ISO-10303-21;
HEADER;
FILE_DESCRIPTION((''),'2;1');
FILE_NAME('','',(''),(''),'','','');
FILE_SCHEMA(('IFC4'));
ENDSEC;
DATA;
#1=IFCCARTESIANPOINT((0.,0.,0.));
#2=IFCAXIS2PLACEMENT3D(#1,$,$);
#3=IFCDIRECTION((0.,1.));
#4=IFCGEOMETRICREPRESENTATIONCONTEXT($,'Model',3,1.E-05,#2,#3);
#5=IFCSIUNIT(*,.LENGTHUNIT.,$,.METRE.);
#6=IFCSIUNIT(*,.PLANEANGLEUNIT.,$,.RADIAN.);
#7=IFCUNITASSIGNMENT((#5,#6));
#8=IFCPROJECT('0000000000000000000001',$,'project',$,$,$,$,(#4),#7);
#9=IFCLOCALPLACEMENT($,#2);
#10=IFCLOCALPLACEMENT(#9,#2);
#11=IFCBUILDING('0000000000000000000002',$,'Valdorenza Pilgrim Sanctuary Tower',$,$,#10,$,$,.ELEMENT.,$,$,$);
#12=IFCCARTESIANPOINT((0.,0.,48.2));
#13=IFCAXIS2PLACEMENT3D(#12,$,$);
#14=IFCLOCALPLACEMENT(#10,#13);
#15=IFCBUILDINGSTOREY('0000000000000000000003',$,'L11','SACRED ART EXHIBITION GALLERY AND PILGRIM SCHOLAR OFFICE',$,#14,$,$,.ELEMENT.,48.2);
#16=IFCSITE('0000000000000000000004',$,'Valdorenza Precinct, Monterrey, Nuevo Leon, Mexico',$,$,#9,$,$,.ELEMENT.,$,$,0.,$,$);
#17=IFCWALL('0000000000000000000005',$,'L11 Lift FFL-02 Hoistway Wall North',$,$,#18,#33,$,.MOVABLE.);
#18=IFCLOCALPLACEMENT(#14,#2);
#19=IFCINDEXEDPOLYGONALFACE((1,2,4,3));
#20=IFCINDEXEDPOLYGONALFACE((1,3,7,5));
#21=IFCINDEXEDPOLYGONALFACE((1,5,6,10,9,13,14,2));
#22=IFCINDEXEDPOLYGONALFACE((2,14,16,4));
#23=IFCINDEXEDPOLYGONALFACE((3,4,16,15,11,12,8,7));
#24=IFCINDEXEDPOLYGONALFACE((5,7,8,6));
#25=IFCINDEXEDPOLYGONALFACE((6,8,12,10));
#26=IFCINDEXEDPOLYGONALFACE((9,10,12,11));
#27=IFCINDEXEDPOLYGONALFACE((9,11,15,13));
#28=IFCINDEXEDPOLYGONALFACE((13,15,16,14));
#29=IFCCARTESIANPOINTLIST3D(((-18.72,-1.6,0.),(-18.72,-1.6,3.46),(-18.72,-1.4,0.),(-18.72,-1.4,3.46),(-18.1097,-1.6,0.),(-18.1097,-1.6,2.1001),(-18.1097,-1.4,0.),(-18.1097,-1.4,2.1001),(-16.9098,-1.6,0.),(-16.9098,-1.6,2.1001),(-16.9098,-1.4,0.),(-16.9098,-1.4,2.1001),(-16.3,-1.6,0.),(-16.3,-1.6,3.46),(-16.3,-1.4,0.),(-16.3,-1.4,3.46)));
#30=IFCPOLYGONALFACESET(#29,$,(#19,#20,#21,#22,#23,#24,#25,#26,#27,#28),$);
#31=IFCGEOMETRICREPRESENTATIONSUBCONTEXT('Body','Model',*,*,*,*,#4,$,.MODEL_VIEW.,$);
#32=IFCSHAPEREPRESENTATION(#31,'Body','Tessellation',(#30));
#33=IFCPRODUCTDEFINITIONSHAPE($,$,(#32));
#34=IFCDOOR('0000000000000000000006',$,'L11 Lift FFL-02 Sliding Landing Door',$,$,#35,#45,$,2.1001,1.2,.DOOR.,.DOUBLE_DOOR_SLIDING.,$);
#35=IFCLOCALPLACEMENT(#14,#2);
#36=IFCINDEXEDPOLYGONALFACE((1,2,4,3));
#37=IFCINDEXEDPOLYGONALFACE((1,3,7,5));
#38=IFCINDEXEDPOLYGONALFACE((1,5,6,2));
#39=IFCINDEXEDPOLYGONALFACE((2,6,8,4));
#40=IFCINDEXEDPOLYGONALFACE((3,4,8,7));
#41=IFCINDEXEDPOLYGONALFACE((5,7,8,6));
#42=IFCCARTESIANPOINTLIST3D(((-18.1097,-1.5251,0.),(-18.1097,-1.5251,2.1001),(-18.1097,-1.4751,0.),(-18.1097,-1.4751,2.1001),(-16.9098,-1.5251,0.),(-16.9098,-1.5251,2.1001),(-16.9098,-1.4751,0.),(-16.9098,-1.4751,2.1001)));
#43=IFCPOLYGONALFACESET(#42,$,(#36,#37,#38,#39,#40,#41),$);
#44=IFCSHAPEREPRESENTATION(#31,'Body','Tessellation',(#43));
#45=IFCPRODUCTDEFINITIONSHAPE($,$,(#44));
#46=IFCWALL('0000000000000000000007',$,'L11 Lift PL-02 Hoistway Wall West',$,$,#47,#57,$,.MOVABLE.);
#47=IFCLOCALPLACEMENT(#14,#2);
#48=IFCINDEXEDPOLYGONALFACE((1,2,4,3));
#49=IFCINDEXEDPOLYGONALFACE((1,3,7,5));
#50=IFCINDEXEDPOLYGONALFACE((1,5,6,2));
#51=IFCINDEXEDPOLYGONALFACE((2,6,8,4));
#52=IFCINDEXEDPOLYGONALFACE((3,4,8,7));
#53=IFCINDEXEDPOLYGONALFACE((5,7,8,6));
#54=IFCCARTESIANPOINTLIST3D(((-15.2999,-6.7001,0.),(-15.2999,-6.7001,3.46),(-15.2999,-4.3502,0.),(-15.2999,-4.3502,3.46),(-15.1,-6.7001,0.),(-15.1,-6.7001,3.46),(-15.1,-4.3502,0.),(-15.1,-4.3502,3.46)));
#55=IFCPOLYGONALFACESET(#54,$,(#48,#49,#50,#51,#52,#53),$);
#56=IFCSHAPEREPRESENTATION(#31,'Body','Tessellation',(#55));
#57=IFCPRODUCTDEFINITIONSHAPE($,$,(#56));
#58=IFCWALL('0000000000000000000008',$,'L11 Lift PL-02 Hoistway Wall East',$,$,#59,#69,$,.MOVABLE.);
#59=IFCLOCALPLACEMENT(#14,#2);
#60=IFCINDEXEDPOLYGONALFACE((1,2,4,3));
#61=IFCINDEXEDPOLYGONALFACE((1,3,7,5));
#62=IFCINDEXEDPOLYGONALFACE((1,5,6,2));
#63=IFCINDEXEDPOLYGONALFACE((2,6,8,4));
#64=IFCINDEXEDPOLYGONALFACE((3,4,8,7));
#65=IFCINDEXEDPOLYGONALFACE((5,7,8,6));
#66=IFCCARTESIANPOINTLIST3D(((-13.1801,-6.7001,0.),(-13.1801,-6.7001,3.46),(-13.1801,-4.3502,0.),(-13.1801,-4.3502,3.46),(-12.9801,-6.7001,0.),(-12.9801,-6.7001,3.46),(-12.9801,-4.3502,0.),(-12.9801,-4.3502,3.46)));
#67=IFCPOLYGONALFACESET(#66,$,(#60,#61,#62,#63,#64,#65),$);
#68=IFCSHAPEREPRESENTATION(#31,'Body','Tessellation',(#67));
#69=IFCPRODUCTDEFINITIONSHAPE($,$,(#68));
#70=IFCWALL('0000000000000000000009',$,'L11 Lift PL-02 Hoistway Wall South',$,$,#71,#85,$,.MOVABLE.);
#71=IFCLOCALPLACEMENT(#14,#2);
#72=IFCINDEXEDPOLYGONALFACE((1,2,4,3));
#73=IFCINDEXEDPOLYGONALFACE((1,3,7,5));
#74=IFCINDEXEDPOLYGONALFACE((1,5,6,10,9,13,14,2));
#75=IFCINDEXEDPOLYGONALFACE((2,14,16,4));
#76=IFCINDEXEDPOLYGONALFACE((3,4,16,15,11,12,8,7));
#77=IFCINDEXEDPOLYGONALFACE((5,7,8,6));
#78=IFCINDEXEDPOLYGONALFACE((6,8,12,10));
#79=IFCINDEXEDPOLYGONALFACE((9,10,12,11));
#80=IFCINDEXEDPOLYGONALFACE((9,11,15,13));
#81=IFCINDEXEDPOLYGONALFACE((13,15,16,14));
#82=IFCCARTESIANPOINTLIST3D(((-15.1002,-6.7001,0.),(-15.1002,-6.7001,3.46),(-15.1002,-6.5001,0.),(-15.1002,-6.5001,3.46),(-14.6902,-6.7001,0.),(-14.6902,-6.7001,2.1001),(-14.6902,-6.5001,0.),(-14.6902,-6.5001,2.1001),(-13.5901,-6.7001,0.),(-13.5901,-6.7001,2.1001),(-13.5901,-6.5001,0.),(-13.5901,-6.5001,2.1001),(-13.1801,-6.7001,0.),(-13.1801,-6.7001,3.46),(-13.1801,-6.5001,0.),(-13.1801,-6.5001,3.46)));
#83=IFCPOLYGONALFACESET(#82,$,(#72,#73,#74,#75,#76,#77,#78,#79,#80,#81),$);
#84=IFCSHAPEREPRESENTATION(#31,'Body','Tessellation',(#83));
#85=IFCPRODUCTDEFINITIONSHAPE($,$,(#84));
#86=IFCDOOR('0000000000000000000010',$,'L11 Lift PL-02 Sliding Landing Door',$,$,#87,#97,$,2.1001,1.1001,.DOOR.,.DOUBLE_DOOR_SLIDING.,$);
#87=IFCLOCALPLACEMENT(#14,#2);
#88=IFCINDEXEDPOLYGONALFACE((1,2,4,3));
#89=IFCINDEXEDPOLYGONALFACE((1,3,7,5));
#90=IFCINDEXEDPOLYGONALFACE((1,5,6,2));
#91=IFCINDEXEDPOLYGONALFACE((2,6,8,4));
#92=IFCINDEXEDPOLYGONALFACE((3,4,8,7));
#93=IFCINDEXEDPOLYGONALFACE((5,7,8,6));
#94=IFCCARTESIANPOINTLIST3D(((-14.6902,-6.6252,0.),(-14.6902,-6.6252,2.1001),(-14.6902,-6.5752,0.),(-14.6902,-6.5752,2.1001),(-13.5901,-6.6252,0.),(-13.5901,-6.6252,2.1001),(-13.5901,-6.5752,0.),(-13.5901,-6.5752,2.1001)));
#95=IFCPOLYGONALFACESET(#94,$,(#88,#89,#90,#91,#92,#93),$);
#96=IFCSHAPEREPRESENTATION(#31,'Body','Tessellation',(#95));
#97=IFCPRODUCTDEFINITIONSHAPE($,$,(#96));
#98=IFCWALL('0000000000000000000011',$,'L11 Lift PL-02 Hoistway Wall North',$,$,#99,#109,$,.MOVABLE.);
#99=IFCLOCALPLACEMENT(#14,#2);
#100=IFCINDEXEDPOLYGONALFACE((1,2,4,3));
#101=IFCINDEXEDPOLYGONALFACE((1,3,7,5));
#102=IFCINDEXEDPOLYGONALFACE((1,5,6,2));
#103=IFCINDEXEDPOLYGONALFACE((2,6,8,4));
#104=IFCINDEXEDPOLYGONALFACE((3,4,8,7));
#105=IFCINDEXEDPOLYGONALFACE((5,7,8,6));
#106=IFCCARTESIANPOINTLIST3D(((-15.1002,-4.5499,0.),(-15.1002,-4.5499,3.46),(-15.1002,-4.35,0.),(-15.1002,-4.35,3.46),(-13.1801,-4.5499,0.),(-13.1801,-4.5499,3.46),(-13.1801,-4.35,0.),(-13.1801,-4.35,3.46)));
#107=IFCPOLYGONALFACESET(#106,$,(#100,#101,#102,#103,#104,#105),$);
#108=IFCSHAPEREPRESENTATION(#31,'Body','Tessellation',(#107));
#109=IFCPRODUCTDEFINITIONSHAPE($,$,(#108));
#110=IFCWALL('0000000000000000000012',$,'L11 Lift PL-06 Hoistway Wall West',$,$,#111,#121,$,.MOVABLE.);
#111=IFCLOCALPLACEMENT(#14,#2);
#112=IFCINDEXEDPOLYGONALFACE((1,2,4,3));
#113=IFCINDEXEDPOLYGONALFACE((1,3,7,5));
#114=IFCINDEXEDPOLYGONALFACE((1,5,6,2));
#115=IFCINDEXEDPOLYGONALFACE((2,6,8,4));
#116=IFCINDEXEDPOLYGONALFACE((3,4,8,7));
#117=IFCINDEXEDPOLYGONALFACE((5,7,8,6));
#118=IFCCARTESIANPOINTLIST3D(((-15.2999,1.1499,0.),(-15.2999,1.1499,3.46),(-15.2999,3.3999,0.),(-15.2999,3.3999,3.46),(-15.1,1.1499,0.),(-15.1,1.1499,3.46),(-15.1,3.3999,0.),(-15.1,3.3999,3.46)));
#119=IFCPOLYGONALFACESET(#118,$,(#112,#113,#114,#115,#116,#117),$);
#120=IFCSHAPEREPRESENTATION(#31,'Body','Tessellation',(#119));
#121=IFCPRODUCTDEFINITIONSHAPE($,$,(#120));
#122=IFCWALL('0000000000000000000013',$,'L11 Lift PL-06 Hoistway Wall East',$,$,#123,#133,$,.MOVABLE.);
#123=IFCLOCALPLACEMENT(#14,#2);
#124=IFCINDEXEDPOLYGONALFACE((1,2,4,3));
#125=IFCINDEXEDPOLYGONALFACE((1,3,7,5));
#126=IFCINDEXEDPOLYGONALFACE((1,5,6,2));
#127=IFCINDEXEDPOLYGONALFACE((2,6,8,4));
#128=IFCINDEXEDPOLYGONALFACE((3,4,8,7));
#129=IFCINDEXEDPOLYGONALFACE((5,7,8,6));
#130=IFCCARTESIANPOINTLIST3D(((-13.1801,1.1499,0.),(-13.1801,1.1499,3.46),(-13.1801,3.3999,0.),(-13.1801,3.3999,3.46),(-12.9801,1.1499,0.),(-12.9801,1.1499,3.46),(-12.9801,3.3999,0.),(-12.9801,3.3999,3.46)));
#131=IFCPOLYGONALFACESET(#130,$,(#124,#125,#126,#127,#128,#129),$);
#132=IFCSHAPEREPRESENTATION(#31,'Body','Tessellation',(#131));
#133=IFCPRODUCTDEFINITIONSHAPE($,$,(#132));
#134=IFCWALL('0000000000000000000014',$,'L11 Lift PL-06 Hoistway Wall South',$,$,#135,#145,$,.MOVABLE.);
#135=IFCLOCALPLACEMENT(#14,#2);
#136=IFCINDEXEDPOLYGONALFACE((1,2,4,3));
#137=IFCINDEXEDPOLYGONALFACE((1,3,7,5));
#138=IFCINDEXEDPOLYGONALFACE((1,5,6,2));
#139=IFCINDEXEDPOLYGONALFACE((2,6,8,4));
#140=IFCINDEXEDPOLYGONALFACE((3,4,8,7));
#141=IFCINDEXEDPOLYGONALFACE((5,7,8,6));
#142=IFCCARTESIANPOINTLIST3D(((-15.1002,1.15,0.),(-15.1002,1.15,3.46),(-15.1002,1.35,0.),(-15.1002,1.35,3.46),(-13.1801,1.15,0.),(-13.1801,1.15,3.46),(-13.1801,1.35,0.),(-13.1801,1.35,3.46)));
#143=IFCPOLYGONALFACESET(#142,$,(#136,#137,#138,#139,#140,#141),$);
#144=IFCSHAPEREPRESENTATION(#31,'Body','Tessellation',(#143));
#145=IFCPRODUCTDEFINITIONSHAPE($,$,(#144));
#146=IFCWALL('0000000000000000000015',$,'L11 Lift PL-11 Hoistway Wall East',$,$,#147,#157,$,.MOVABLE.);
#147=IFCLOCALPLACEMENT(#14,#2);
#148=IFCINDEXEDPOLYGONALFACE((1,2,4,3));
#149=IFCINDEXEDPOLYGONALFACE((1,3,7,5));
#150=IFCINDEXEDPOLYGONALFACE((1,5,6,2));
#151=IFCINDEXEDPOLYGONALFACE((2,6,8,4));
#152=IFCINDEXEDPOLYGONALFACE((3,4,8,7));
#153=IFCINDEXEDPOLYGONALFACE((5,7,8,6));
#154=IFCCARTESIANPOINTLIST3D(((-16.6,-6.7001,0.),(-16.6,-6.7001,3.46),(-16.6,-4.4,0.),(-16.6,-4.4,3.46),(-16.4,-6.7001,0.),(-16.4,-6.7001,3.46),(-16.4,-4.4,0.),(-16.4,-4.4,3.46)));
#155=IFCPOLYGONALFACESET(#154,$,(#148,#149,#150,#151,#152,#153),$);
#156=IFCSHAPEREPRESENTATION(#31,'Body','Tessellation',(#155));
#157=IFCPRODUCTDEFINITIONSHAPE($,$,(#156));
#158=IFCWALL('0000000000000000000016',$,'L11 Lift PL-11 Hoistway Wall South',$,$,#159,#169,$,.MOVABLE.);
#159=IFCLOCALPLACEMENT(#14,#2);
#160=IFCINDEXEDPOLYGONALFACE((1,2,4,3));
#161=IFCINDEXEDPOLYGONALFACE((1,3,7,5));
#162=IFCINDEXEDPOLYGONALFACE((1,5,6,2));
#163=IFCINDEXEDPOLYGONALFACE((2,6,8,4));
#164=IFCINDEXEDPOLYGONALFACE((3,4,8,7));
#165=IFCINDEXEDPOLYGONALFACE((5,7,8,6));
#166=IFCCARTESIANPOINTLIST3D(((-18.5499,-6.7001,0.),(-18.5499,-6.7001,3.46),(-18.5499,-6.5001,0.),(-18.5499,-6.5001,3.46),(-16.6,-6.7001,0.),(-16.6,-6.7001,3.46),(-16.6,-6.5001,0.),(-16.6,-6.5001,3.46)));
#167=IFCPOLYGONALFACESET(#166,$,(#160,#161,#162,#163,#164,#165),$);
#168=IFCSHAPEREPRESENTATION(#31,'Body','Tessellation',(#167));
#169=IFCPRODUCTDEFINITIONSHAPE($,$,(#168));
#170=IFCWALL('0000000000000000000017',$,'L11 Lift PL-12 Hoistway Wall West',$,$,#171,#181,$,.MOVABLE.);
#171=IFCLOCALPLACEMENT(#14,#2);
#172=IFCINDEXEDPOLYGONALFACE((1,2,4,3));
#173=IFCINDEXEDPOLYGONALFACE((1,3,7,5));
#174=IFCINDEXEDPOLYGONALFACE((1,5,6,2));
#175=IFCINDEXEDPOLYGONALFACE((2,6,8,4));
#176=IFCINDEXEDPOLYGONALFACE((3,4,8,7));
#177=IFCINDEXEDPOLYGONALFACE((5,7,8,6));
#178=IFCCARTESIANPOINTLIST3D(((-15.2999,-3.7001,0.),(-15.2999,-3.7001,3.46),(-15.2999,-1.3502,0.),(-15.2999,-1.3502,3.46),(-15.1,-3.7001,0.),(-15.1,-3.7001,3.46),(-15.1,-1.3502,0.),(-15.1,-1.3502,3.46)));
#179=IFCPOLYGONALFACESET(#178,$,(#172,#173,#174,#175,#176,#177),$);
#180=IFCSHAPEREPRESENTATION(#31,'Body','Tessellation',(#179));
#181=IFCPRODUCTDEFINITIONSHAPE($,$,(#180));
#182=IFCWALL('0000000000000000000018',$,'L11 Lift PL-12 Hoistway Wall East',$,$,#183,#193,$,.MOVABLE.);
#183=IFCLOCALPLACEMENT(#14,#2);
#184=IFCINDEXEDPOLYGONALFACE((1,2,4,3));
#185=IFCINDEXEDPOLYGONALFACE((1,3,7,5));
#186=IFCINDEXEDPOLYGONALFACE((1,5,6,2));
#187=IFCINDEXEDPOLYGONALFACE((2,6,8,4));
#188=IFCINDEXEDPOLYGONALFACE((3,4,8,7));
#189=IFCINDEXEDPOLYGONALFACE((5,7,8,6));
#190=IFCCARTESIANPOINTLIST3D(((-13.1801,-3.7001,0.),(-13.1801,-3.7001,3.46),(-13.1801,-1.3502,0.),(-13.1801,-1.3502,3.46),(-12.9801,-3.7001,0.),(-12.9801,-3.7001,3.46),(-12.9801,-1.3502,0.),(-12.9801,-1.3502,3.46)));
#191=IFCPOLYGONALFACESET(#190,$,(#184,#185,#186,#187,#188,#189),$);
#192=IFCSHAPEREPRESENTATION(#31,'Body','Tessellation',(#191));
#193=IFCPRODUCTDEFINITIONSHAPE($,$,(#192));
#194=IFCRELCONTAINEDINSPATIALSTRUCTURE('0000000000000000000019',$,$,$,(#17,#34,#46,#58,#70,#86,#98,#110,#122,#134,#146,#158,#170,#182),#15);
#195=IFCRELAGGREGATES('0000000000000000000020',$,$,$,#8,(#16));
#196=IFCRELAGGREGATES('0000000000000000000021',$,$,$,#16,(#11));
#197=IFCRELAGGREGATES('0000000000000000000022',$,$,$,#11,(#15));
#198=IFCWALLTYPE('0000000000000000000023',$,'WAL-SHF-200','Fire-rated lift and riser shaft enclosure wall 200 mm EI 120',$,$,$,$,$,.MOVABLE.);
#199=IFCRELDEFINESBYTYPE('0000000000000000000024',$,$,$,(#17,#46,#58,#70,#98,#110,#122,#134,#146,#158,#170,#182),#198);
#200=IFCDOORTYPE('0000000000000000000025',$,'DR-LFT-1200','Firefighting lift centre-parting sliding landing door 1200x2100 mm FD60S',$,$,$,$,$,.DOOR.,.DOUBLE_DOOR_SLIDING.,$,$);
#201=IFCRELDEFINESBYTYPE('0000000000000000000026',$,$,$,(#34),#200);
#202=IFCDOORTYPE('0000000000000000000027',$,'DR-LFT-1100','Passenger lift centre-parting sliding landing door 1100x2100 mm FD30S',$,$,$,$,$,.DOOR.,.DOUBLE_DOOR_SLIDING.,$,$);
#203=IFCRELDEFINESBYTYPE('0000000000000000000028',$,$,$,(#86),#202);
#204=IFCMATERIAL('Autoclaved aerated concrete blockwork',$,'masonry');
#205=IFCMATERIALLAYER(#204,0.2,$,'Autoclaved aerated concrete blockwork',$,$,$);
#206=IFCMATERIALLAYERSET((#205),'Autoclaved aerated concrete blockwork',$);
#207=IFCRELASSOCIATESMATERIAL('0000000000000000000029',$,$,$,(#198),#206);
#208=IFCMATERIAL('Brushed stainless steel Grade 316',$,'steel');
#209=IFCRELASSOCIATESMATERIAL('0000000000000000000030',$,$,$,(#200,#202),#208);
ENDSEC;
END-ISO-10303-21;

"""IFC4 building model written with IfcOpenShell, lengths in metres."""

from ifc_helpers import new_model, si_unit, direction, frame, frame_2d, origin, place, context, subcontext, project, spatial, rectangle, extrude, material, layer, layer_set, type_object, element, fill, save


model = new_model("IFC4")

# Units and contexts
model_context = context("Model", 3, precision=1e-05, world=origin(), true_north=direction((0.0, 1.0)))
body_context = subcontext(model_context, "Body", "Model", "MODEL_VIEW")
ifc_project = project(units=[si_unit("LENGTHUNIT", "METRE"), si_unit("PLANEANGLEUNIT", "RADIAN")], contexts=[model_context])

# Site, building, storey
site_placement = place(None, origin())
site = spatial("IfcSite", under=ifc_project, at=site_placement, Name="Valdorenza Precinct, Monterrey, Nuevo Leon, Mexico", CompositionType="ELEMENT", RefElevation=0.0)
building_placement = place(site_placement, origin())
building = spatial("IfcBuilding", under=site, at=building_placement, Name="Valdorenza Pilgrim Sanctuary Tower", CompositionType="ELEMENT")
storey_placement = place(building_placement, frame((0.0, 0.0, 48.2)))
storey = spatial("IfcBuildingStorey", under=building, at=storey_placement, Name="L11", Description="SACRED ART EXHIBITION GALLERY AND PILGRIM SCHOLAR OFFICE", CompositionType="ELEMENT", Elevation=48.2)

# Shared definitions
ifc_material_1 = material(Name="Autoclaved aerated concrete blockwork", Category="masonry")
ifc_layer_1 = layer(ifc_material_1, 0.2, Name="Autoclaved aerated concrete blockwork")
ifc_layer_set_1 = layer_set([ifc_layer_1], Name="Autoclaved aerated concrete blockwork")
wall_type_1 = type_object("IfcWallType", Name="WAL-SHF-200", Description="Fire-rated lift and riser shaft enclosure wall 200 mm EI 120", PredefinedType="MOVABLE", material=ifc_layer_set_1)

# Shared definitions
ifc_material_2 = material(Name="Brushed stainless steel Grade 316", Category="steel")
door_type_1 = type_object("IfcDoorType", Name="DR-LFT-1200", Description="Firefighting lift centre-parting sliding landing door 1200x2100 mm FD60S", OperationType="DOUBLE_DOOR_SLIDING", PredefinedType="DOOR", material=ifc_material_2)

# Wall, opening, door
wall_1_placement = place(storey_placement, frame((-18.72, -1.5, 0.0), z_axis=(0.0, 0.0, 1.0), x_axis=(1.0, 0.0, 0.0)))
wall_1 = element("IfcWall", 1, at=wall_1_placement, inside=storey, type_object=wall_type_1, Name="L11 Lift FFL-02 Hoistway Wall North", PredefinedType="MOVABLE", context=body_context, shape_type="SweptSolid", body=[
    extrude(rectangle(XDim=2.4199, YDim=0.2, at=frame_2d((1.21, 0.0))), origin(), (0.0, 0.0, 1.0), 3.46),
])
opening_1_placement = place(wall_1_placement, frame((0.6101, 0.0, 0.0)))
opening_1 = element("IfcOpeningElement", 2, at=opening_1_placement, cuts=wall_1, PredefinedType="OPENING", context=body_context, shape_type="SweptSolid", body=[
    extrude(rectangle(XDim=1.2, YDim=2.1001, at=frame_2d((0.6001, 1.05))), frame((0.0, 0.1147, 0.0), z_axis=(0.0, -1.0, 0.0), x_axis=(1.0, 0.0, 0.0)), (0.0, 0.0, 1.0), 0.2297),
])
door_1_placement = place(opening_1_placement, origin())
door_1 = element("IfcDoor", 3, at=door_1_placement, inside=storey, type_object=door_type_1, Name="L11 Lift FFL-02 Sliding Landing Door", OperationType="DOUBLE_DOOR_SLIDING", OverallHeight=2.1001, OverallWidth=1.2, PredefinedType="DOOR", context=body_context, shape_type="SweptSolid", body=[
    extrude(rectangle(XDim=1.2, YDim=2.1001, at=frame_2d((0.6001, 1.05))), frame((0.0, 0.0249, 0.0), z_axis=(0.0, -1.0, 0.0), x_axis=(1.0, 0.0, 0.0)), (0.0, 0.0, 1.0), 0.05),
])
fill(opening_1, door_1)

# Walls
for number, where, z_axis, x_axis, name in (
    (4, (-15.2, -6.7, 0.0), (0.0, 0.0, 1.0), (0.0, 1.0, 0.0), "L11 Lift PL-02 Hoistway Wall West"),
    (5, (-13.0801, -6.7, 0.0), (0.0, 0.0, 1.0), (0.0, 1.0, 0.0), "L11 Lift PL-02 Hoistway Wall East"),
):
    element("IfcWall", number, at=place(storey_placement, frame(where, z_axis=z_axis, x_axis=x_axis)), inside=storey, type_object=wall_type_1, Name=name, PredefinedType="MOVABLE", context=body_context, shape_type="SweptSolid", body=[
        extrude(rectangle(XDim=2.3499, YDim=0.2, at=frame_2d((1.1748, 0.0))), origin(), (0.0, 0.0, 1.0), 3.46),
    ])

# Wall, opening, door
wall_2_placement = place(storey_placement, frame((-15.1001, -6.6001, 0.0), z_axis=(0.0, 0.0, 1.0), x_axis=(1.0, 0.0, 0.0)))
wall_2 = element("IfcWall", 6, at=wall_2_placement, inside=storey, type_object=wall_type_1, Name="L11 Lift PL-02 Hoistway Wall South", PredefinedType="MOVABLE", context=body_context, shape_type="SweptSolid", body=[
    extrude(rectangle(XDim=1.9202, YDim=0.2, at=frame_2d((0.96, 0.0))), origin(), (0.0, 0.0, 1.0), 3.46),
])
opening_2_placement = place(wall_2_placement, frame((0.4099, 0.0, 0.0)))
opening_2 = element("IfcOpeningElement", 7, at=opening_2_placement, cuts=wall_2, PredefinedType="OPENING", context=body_context, shape_type="SweptSolid", body=[
    extrude(rectangle(XDim=1.1001, YDim=2.1001, at=frame_2d((0.55, 1.05))), frame((0.0, 0.1147, 0.0), z_axis=(0.0, -1.0, 0.0), x_axis=(1.0, 0.0, 0.0)), (0.0, 0.0, 1.0), 0.2297),
])
door_type_2 = type_object("IfcDoorType", Name="DR-LFT-1100", Description="Passenger lift centre-parting sliding landing door 1100x2100 mm FD30S", OperationType="DOUBLE_DOOR_SLIDING", PredefinedType="DOOR", material=ifc_material_2)
door_2_placement = place(opening_2_placement, origin())
door_2 = element("IfcDoor", 8, at=door_2_placement, inside=storey, type_object=door_type_2, Name="L11 Lift PL-02 Sliding Landing Door", OperationType="DOUBLE_DOOR_SLIDING", OverallHeight=2.1001, OverallWidth=1.1001, PredefinedType="DOOR", context=body_context, shape_type="SweptSolid", body=[
    extrude(rectangle(XDim=1.1001, YDim=2.1001, at=frame_2d((0.55, 1.05))), frame((0.0, 0.0249, 0.0), z_axis=(0.0, -1.0, 0.0), x_axis=(1.0, 0.0, 0.0)), (0.0, 0.0, 1.0), 0.05),
])
fill(opening_2, door_2)

# Walls
wall_3_placement = place(storey_placement, frame((-15.1001, -4.45, 0.0), z_axis=(0.0, 0.0, 1.0), x_axis=(1.0, 0.0, 0.0)))
element("IfcWall", 9, at=wall_3_placement, inside=storey, type_object=wall_type_1, Name="L11 Lift PL-02 Hoistway Wall North", PredefinedType="MOVABLE", context=body_context, shape_type="SweptSolid", body=[
    extrude(rectangle(XDim=1.9202, YDim=0.2, at=frame_2d((0.96, 0.0))), origin(), (0.0, 0.0, 1.0), 3.46),
])
for number, where, z_axis, x_axis, name in (
    (10, (-15.2, 1.1499, 0.0), (0.0, 0.0, 1.0), (0.0, 1.0, 0.0), "L11 Lift PL-06 Hoistway Wall West"),
    (11, (-13.0801, 1.1499, 0.0), (0.0, 0.0, 1.0), (0.0, 1.0, 0.0), "L11 Lift PL-06 Hoistway Wall East"),
):
    element("IfcWall", number, at=place(storey_placement, frame(where, z_axis=z_axis, x_axis=x_axis)), inside=storey, type_object=wall_type_1, Name=name, PredefinedType="MOVABLE", context=body_context, shape_type="SweptSolid", body=[
        extrude(rectangle(XDim=2.25, YDim=0.2, at=frame_2d((1.125, 0.0))), origin(), (0.0, 0.0, 1.0), 3.46),
    ])
wall_4_placement = place(storey_placement, frame((-15.1001, 1.25, 0.0), z_axis=(0.0, 0.0, 1.0), x_axis=(1.0, 0.0, 0.0)))
element("IfcWall", 12, at=wall_4_placement, inside=storey, type_object=wall_type_1, Name="L11 Lift PL-06 Hoistway Wall South", PredefinedType="MOVABLE", context=body_context, shape_type="SweptSolid", body=[
    extrude(rectangle(XDim=1.9202, YDim=0.2, at=frame_2d((0.96, 0.0))), origin(), (0.0, 0.0, 1.0), 3.46),
])
wall_5_placement = place(storey_placement, frame((-16.5, -6.7, 0.0), z_axis=(0.0, 0.0, 1.0), x_axis=(0.0, 1.0, 0.0)))
element("IfcWall", 13, at=wall_5_placement, inside=storey, type_object=wall_type_1, Name="L11 Lift PL-11 Hoistway Wall East", PredefinedType="MOVABLE", context=body_context, shape_type="SweptSolid", body=[
    extrude(rectangle(XDim=2.3, YDim=0.2, at=frame_2d((1.1499, 0.0))), origin(), (0.0, 0.0, 1.0), 3.46),
])
wall_6_placement = place(storey_placement, frame((-18.55, -6.6001, 0.0), z_axis=(0.0, 0.0, 1.0), x_axis=(1.0, 0.0, 0.0)))
element("IfcWall", 14, at=wall_6_placement, inside=storey, type_object=wall_type_1, Name="L11 Lift PL-11 Hoistway Wall South", PredefinedType="MOVABLE", context=body_context, shape_type="SweptSolid", body=[
    extrude(rectangle(XDim=1.95, YDim=0.2, at=frame_2d((0.9751, 0.0))), origin(), (0.0, 0.0, 1.0), 3.46),
])
for number, where, z_axis, x_axis, name in (
    (15, (-15.2, -3.7, 0.0), (0.0, 0.0, 1.0), (0.0, 1.0, 0.0), "L11 Lift PL-12 Hoistway Wall West"),
    (16, (-13.0801, -3.7, 0.0), (0.0, 0.0, 1.0), (0.0, 1.0, 0.0), "L11 Lift PL-12 Hoistway Wall East"),
):
    element("IfcWall", number, at=place(storey_placement, frame(where, z_axis=z_axis, x_axis=x_axis)), inside=storey, type_object=wall_type_1, Name=name, PredefinedType="MOVABLE", context=body_context, shape_type="SweptSolid", body=[
        extrude(rectangle(XDim=2.3499, YDim=0.2, at=frame_2d((1.1748, 0.0))), origin(), (0.0, 0.0, 1.0), 3.46),
    ])

save(model, "model.ifc")
